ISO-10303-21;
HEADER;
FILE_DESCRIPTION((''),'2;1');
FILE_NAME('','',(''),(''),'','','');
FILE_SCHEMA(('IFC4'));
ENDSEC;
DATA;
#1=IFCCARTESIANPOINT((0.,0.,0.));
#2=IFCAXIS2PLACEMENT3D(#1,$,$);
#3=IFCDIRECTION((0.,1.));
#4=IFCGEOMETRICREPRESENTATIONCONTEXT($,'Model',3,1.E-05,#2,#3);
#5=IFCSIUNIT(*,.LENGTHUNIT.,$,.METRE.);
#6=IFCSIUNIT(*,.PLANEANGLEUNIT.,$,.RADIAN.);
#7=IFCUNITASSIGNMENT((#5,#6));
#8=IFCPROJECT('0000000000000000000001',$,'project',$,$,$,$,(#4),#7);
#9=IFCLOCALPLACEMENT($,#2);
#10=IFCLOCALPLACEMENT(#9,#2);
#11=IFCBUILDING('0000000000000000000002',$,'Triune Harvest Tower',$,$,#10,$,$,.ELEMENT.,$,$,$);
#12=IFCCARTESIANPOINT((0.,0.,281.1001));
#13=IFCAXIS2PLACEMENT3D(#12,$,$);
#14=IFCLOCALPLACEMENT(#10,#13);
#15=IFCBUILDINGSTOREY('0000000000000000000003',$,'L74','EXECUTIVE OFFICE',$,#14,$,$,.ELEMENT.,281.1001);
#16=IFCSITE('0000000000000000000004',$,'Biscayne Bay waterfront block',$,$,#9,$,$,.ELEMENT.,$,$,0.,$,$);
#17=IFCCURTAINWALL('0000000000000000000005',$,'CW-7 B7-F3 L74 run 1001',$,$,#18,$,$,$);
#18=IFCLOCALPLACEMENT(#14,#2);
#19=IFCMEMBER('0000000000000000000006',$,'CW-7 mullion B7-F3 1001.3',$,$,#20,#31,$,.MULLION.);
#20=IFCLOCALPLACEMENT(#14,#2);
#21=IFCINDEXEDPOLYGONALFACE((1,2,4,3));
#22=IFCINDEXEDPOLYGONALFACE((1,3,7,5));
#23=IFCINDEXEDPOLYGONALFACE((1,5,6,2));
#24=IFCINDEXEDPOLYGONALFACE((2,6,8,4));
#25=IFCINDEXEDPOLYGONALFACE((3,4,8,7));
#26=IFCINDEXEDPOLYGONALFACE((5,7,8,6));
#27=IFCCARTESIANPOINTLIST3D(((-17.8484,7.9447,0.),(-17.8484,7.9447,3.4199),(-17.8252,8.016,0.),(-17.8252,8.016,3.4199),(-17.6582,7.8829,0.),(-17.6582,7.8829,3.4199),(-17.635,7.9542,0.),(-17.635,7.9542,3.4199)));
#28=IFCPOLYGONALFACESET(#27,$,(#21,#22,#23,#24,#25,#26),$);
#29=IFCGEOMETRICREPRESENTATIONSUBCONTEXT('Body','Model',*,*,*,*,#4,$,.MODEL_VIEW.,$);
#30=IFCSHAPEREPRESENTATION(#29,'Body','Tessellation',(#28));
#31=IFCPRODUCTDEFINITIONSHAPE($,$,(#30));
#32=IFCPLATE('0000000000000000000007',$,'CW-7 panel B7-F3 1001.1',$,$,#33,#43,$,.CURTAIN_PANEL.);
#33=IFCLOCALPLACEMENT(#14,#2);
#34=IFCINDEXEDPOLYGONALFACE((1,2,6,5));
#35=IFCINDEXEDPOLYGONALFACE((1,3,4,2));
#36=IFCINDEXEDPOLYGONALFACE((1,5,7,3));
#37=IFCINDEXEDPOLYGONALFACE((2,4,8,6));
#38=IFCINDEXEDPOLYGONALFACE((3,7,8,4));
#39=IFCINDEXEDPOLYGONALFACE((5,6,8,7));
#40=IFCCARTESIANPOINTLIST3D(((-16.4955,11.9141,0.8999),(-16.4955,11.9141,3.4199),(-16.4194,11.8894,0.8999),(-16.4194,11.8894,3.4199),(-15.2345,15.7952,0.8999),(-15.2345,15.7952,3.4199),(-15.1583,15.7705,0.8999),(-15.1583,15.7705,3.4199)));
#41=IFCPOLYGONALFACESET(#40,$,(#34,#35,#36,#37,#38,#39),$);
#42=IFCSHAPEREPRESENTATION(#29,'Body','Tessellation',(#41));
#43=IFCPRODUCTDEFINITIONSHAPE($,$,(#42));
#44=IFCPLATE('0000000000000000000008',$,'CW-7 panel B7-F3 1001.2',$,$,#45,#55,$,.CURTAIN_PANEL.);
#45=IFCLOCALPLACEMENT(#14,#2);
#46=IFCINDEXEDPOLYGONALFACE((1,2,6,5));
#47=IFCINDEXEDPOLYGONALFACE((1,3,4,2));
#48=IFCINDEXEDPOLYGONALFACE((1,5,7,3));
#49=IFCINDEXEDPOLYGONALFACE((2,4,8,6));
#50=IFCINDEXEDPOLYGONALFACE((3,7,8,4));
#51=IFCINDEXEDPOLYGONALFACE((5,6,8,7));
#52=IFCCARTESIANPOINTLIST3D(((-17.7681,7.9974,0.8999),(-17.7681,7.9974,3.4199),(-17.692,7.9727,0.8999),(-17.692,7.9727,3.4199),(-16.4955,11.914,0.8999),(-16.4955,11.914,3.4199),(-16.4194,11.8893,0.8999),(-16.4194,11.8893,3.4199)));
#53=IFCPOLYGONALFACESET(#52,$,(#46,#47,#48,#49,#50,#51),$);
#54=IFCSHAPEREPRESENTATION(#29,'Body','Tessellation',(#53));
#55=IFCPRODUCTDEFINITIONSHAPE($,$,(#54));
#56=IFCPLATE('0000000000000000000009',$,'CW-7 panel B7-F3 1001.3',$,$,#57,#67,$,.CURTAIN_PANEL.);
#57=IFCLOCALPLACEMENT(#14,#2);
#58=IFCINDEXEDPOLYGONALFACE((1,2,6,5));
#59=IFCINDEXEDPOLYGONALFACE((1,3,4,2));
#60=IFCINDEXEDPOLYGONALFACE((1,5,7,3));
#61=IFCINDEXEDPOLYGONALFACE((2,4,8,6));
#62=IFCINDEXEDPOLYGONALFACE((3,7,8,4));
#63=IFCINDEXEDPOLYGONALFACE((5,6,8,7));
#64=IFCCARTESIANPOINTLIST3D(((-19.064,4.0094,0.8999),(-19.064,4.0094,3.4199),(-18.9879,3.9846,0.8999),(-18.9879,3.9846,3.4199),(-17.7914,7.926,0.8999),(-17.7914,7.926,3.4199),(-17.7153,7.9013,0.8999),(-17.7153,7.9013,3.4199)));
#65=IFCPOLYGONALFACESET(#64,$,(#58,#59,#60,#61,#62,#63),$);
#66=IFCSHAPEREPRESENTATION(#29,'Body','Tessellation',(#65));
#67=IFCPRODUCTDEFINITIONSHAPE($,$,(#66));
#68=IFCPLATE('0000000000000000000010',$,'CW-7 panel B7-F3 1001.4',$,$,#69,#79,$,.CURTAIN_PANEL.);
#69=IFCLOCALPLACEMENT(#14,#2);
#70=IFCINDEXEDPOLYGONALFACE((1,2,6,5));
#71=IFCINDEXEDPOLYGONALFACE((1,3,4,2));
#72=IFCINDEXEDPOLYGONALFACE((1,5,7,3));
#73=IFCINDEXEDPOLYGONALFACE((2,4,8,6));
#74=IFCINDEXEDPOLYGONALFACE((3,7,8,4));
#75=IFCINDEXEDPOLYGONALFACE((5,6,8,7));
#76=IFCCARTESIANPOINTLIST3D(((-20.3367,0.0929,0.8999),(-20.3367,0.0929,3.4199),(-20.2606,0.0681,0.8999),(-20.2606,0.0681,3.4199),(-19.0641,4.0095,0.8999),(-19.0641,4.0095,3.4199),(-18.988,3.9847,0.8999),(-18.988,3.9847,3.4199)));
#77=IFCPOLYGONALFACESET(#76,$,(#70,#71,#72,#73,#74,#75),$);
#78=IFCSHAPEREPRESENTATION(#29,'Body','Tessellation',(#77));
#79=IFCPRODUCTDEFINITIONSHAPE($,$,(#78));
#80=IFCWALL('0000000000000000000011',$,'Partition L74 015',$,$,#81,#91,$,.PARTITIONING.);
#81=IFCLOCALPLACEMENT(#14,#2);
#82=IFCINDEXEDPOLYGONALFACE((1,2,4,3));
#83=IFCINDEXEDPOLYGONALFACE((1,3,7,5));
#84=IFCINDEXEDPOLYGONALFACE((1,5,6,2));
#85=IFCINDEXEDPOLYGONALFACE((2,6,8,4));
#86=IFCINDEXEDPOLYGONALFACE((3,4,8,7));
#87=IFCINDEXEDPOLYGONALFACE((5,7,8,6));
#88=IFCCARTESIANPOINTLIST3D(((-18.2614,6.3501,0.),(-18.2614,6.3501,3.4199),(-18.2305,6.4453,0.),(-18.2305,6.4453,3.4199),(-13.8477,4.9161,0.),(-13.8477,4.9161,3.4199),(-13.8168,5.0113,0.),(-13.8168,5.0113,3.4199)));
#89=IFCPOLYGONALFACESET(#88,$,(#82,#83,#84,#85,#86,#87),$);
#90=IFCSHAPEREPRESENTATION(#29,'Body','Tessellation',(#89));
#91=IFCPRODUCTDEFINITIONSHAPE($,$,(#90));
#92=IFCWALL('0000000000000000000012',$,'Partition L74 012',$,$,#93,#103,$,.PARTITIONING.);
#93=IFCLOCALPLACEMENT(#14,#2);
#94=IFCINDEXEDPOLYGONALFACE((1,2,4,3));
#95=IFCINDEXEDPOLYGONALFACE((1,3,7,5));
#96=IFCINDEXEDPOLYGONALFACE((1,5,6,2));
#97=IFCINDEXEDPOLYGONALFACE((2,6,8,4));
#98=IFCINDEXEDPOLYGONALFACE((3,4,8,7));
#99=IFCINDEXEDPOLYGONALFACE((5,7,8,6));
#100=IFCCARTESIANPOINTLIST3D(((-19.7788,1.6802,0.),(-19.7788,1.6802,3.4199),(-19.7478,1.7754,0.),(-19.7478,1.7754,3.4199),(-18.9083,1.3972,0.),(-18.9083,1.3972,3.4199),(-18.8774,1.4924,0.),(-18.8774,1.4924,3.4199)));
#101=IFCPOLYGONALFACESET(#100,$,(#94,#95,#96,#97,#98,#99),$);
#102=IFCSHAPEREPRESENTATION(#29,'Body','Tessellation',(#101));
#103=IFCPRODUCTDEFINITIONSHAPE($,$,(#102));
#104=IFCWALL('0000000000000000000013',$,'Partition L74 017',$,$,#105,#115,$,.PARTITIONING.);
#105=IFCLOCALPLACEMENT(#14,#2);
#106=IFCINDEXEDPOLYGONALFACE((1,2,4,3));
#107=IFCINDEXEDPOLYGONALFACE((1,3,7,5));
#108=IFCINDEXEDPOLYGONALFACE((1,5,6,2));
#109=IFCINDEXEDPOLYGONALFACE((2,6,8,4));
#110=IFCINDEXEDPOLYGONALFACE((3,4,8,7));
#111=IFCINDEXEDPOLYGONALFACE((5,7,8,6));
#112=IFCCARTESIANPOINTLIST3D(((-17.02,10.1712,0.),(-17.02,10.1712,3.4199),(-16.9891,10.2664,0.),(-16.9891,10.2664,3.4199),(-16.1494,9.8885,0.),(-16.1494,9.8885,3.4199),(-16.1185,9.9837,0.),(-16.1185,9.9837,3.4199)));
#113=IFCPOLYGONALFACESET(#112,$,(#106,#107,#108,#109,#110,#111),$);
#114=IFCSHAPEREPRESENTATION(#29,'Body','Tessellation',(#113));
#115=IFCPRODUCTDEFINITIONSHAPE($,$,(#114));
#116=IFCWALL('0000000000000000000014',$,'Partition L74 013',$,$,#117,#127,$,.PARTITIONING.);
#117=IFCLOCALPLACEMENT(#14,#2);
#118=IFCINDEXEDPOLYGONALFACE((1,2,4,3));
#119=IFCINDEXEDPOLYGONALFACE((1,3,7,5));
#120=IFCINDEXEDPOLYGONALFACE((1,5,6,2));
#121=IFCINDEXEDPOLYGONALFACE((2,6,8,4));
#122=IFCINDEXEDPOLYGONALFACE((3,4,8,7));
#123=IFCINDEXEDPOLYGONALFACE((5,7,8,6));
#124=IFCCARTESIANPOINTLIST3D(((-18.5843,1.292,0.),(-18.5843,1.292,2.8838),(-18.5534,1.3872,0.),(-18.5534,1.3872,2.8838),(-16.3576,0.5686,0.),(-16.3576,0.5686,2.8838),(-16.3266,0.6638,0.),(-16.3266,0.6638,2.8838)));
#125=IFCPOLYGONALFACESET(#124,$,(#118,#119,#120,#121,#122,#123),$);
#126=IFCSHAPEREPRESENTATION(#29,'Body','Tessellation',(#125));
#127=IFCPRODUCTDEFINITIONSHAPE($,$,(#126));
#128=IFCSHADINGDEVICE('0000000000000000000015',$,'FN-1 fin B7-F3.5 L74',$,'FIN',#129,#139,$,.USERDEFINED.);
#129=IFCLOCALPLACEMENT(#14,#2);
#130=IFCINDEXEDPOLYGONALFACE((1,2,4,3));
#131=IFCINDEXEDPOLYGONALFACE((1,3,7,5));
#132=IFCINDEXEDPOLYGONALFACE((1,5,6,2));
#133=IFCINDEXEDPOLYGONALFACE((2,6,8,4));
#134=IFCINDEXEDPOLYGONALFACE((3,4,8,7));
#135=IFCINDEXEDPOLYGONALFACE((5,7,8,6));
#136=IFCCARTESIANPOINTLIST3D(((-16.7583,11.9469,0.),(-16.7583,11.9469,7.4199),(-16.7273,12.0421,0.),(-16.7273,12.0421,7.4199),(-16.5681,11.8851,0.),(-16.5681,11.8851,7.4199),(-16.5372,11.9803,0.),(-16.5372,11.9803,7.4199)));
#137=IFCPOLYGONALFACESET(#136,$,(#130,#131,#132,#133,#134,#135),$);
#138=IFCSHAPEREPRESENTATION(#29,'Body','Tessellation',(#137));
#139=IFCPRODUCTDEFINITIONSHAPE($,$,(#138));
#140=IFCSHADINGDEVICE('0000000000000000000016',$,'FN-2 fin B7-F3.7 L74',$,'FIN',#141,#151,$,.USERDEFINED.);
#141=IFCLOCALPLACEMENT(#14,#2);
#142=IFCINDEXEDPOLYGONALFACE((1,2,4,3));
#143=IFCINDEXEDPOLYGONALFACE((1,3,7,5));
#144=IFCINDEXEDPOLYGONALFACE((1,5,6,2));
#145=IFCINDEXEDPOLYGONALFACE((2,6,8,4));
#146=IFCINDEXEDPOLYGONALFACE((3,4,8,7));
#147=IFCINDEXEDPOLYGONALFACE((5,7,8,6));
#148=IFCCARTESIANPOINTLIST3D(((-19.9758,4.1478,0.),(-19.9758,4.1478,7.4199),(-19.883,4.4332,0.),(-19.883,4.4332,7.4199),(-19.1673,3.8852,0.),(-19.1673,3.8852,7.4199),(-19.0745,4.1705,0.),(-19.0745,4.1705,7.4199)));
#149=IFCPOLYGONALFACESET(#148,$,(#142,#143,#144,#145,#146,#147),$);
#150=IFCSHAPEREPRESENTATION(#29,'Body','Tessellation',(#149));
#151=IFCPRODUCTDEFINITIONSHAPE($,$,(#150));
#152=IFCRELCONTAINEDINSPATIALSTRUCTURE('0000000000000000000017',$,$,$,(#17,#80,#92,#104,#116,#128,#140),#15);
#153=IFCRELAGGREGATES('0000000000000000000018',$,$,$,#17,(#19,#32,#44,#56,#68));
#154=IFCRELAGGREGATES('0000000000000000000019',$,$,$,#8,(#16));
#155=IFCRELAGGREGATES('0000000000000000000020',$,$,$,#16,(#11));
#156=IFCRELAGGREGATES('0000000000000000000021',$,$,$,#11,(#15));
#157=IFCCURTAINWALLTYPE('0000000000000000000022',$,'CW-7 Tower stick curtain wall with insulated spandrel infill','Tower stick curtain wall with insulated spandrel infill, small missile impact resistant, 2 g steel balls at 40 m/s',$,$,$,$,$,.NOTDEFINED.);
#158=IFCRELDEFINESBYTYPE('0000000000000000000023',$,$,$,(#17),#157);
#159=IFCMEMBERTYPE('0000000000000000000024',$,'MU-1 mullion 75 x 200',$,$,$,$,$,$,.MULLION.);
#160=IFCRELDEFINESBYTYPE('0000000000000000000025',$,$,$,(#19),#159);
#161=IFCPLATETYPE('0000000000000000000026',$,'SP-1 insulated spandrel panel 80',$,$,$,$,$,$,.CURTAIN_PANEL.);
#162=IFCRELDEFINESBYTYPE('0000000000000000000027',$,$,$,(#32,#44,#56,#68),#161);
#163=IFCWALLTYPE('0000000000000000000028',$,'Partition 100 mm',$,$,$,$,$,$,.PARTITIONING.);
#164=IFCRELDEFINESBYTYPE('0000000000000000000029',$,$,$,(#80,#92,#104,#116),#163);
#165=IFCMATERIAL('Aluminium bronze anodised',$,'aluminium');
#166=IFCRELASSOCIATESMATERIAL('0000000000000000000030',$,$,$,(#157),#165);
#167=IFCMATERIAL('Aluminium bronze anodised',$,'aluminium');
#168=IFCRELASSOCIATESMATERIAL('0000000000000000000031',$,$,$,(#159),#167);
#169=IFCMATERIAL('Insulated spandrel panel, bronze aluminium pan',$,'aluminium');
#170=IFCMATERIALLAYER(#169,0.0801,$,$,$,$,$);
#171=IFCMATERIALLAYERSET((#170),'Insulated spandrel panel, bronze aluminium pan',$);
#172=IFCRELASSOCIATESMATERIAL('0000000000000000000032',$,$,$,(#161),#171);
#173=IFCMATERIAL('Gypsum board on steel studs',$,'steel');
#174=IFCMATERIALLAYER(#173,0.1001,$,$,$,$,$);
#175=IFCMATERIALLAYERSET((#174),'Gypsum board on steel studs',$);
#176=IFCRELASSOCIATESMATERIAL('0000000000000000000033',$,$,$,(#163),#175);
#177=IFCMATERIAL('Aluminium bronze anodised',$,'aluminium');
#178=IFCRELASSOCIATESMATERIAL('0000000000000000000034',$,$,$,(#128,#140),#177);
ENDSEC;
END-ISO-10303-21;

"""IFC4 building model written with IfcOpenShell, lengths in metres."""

from ifc_helpers import new_model, si_unit, direction, frame, frame_2d, origin, origin_2d, place, context, subcontext, project, spatial, rectangle, extrude, source, transform, mapped, material, layer, layer_set, material_profile, profile_set, type_object, element, aggregate, save


model = new_model("IFC4")

# Units and contexts
model_context = context("Model", 3, precision=1e-05, world=origin(), true_north=direction((0.0, 1.0)))
body_context = subcontext(model_context, "Body", "Model", "MODEL_VIEW")
ifc_project = project(units=[si_unit("LENGTHUNIT", "METRE"), si_unit("PLANEANGLEUNIT", "RADIAN")], contexts=[model_context])

# Site, building, storey
site_placement = place(None, origin())
site = spatial("IfcSite", under=ifc_project, at=site_placement, Name="Biscayne Bay waterfront block", CompositionType="ELEMENT", RefElevation=0.0)
building_placement = place(site_placement, origin())
building = spatial("IfcBuilding", under=site, at=building_placement, Name="Triune Harvest Tower", CompositionType="ELEMENT")
storey_placement = place(building_placement, frame((0.0, 0.0, 281.1001)))
storey = spatial("IfcBuildingStorey", under=building, at=storey_placement, Name="L74", Description="EXECUTIVE OFFICE", CompositionType="ELEMENT", Elevation=281.1001)

# Curtain wall, member, plates
ifc_material_1 = material(Name="Aluminium bronze anodised", Category="aluminium")
curtain_wall_type = type_object("IfcCurtainWallType", Name="CW-7 Tower stick curtain wall with insulated spandrel infill", Description="Tower stick curtain wall with insulated spandrel infill, small missile impact resistant, 2 g steel balls at 40 m/s", PredefinedType="NOTDEFINED", material=ifc_material_1)
curtain_wall_placement = place(storey_placement, origin())
curtain_wall = element("IfcCurtainWall", 1, at=curtain_wall_placement, inside=storey, type_object=curtain_wall_type, Name="CW-7 B7-F3 L74 run 1001")
ifc_material_2 = material(Name="Aluminium bronze anodised", Category="aluminium")
ifc_material_profile_1 = material_profile(ifc_material_2, rectangle(XDim=0.2, YDim=0.075, at=origin_2d()), Name="MU-1 mullion 75 x 200")
ifc_profile_set_1 = profile_set([ifc_material_profile_1], Name="Aluminium bronze anodised")
member_type_1 = type_object("IfcMemberType", Name="MU-1 mullion 75 x 200", PredefinedType="MULLION", material=ifc_profile_set_1)
shared_shape_1 = source(origin(), body_context, "Body", "SweptSolid", [
    extrude(rectangle(XDim=0.2, YDim=0.075, at=origin_2d()), origin(), (0.0, 0.0, 1.0), 3.4199),
])
member_1_placement = place(storey_placement, frame((-17.7417, 7.9495, 0.0), z_axis=(0.0, 0.0, 1.0), x_axis=(0.951056, -0.30902, 0.0)))
member_1 = element("IfcMember", 2, at=member_1_placement, type_object=member_type_1, Name="CW-7 mullion B7-F3 1001.3", PredefinedType="MULLION", context=body_context, shape_type="MappedRepresentation", body=[
    mapped(shared_shape_1, transform((0.0, 0.0, 0.0), scale=1.0)),
])
ifc_material_3 = material(Name="Insulated spandrel panel, bronze aluminium pan", Category="aluminium")
ifc_layer_1 = layer(ifc_material_3, 0.0801)
ifc_layer_set_1 = layer_set([ifc_layer_1], Name="Insulated spandrel panel, bronze aluminium pan")
plate_type = type_object("IfcPlateType", Name="SP-1 insulated spandrel panel 80", PredefinedType="CURTAIN_PANEL", material=ifc_layer_set_1)
shared_shape_2 = source(origin(), body_context, "Body", "SweptSolid", [
    extrude(rectangle(XDim=4.0808, YDim=0.0801, at=origin_2d()), origin(), (0.0, 0.0, 1.0), 2.52),
])
plate_1_placement = place(storey_placement, frame((-15.8269, 13.8423, 0.8999), z_axis=(0.0, 0.0, 1.0), x_axis=(-0.30902, -0.951056, 0.0)))
plate_1 = element("IfcPlate", 3, at=plate_1_placement, type_object=plate_type, Name="CW-7 panel B7-F3 1001.1", PredefinedType="CURTAIN_PANEL", context=body_context, shape_type="MappedRepresentation", body=[
    mapped(shared_shape_2, transform((0.0, 0.0, 0.0), scale=1.0)),
])
shared_shape_3 = source(origin(), body_context, "Body", "SweptSolid", [
    extrude(rectangle(XDim=4.1182, YDim=0.0801, at=origin_2d()), origin(), (0.0, 0.0, 1.0), 2.52),
])
plate_2_placement = place(storey_placement, frame((-17.0938, 9.9434, 0.8999), z_axis=(0.0, 0.0, 1.0), x_axis=(-0.30902, -0.951056, 0.0)))
plate_2 = element("IfcPlate", 4, at=plate_2_placement, type_object=plate_type, Name="CW-7 panel B7-F3 1001.2", PredefinedType="CURTAIN_PANEL", context=body_context, shape_type="MappedRepresentation", body=[
    mapped(shared_shape_3, transform((0.0, 0.0, 0.0), scale=1.0)),
])
plate_3_placement = place(storey_placement, frame((-18.3896, 5.9553, 0.8999), z_axis=(0.0, 0.0, 1.0), x_axis=(-0.30902, -0.951056, 0.0)))
plate_3 = element("IfcPlate", 5, at=plate_3_placement, type_object=plate_type, Name="CW-7 panel B7-F3 1001.3", PredefinedType="CURTAIN_PANEL", context=body_context, shape_type="MappedRepresentation", body=[
    mapped(shared_shape_3, transform((0.0, 0.0, 0.0), scale=1.0)),
])
plate_4_placement = place(storey_placement, frame((-19.6624, 2.0388, 0.8999), z_axis=(0.0, 0.0, 1.0), x_axis=(-0.30902, -0.951056, 0.0)))
plate_4 = element("IfcPlate", 6, at=plate_4_placement, type_object=plate_type, Name="CW-7 panel B7-F3 1001.4", PredefinedType="CURTAIN_PANEL", context=body_context, shape_type="MappedRepresentation", body=[
    mapped(shared_shape_3, transform((0.0, 0.0, 0.0), scale=1.0)),
])
aggregate(curtain_wall, [member_1, plate_1, plate_2, plate_3, plate_4])

# Walls
ifc_material_4 = material(Name="Gypsum board on steel studs", Category="steel")
ifc_layer_2 = layer(ifc_material_4, 0.1001)
ifc_layer_set_2 = layer_set([ifc_layer_2], Name="Gypsum board on steel studs")
wall_type = type_object("IfcWallType", Name="Partition 100 mm", PredefinedType="PARTITIONING", material=ifc_layer_set_2)
wall_1_placement = place(storey_placement, frame((-18.2458, 6.3977, 0.0), z_axis=(0.0, 0.0, 1.0), x_axis=(0.95106, -0.309006, 0.0)))
element("IfcWall", 7, at=wall_1_placement, inside=storey, type_object=wall_type, Name="Partition L74 015", PredefinedType="PARTITIONING", context=body_context, shape_type="SweptSolid", body=[
    extrude(rectangle(XDim=4.6409, YDim=0.1001, at=frame_2d((2.3203, 0.0))), origin(), (0.0, 0.0, 1.0), 3.4199),
])
shared_shape_4 = source(origin(), body_context, "Body", "SweptSolid", [
    extrude(rectangle(XDim=0.9153, YDim=0.1001, at=frame_2d((0.4575, 0.0))), origin(), (0.0, 0.0, 1.0), 3.4199),
])
for number, where, z_axis, x_axis, name in (
    (8, (-19.7632, 1.7278, 0.0), (0.0, 0.0, 1.0), (0.951005, -0.309177, 0.0), "Partition L74 012"),
    (9, (-17.0044, 10.2188, 0.0), (0.0, 0.0, 1.0), (0.951109, -0.308857, 0.0), "Partition L74 017"),
):
    element("IfcWall", number, at=place(storey_placement, frame(where, z_axis=z_axis, x_axis=x_axis)), inside=storey, type_object=wall_type, Name=name, PredefinedType="PARTITIONING", context=body_context, shape_type="MappedRepresentation", body=[
        mapped(shared_shape_4, transform((0.0, 0.0, 0.0), scale=1.0)),
    ])
shared_shape_5 = source(origin(), body_context, "Body", "SweptSolid", [
    extrude(rectangle(XDim=2.3413, YDim=0.1001, at=frame_2d((1.1707, 0.0))), origin(), (0.0, 0.0, 1.0), 2.8838),
])
wall_2_placement = place(storey_placement, frame((-18.5688, 1.3396, 0.0), z_axis=(0.0, 0.0, 1.0), x_axis=(0.951075, -0.308961, 0.0)))
element("IfcWall", 10, at=wall_2_placement, inside=storey, type_object=wall_type, Name="Partition L74 013", PredefinedType="PARTITIONING", context=body_context, shape_type="MappedRepresentation", body=[
    mapped(shared_shape_5, transform((0.0, 0.0, 0.0), scale=1.0)),
])

# Shading devices
ifc_material_5 = material(Name="Aluminium bronze anodised", Category="aluminium")
shared_shape_6 = source(origin(), body_context, "Body", "SweptSolid", [
    extrude(rectangle(XDim=0.1001, YDim=0.2, at=origin_2d()), origin(), (0.0, 0.0, 1.0), 7.4199),
])
shading_device_1_placement = place(storey_placement, frame((-16.6477, 11.9636, 0.0), z_axis=(0.0, 0.0, 1.0), x_axis=(-0.309016, -0.951057, 0.0)))
element("IfcShadingDevice", 11, at=shading_device_1_placement, inside=storey, material=ifc_material_5, Name="FN-1 fin B7-F3.5 L74", ObjectType="FIN", PredefinedType="USERDEFINED", context=body_context, shape_type="MappedRepresentation", body=[
    mapped(shared_shape_6, transform((0.0, 0.0, 0.0), scale=1.0)),
])
shared_shape_7 = source(origin(), body_context, "Body", "SweptSolid", [
    extrude(rectangle(XDim=0.3, YDim=0.8501, at=origin_2d()), origin(), (0.0, 0.0, 1.0), 7.4199),
])
shading_device_2_placement = place(storey_placement, frame((-19.5251, 4.1592, 0.0), z_axis=(0.0, 0.0, 1.0), x_axis=(-0.309016, -0.951057, 0.0)))
element("IfcShadingDevice", 12, at=shading_device_2_placement, inside=storey, material=ifc_material_5, Name="FN-2 fin B7-F3.7 L74", ObjectType="FIN", PredefinedType="USERDEFINED", context=body_context, shape_type="MappedRepresentation", body=[
    mapped(shared_shape_7, transform((0.0, 0.0, 0.0), scale=1.0)),
])

save(model, "model.ifc")
